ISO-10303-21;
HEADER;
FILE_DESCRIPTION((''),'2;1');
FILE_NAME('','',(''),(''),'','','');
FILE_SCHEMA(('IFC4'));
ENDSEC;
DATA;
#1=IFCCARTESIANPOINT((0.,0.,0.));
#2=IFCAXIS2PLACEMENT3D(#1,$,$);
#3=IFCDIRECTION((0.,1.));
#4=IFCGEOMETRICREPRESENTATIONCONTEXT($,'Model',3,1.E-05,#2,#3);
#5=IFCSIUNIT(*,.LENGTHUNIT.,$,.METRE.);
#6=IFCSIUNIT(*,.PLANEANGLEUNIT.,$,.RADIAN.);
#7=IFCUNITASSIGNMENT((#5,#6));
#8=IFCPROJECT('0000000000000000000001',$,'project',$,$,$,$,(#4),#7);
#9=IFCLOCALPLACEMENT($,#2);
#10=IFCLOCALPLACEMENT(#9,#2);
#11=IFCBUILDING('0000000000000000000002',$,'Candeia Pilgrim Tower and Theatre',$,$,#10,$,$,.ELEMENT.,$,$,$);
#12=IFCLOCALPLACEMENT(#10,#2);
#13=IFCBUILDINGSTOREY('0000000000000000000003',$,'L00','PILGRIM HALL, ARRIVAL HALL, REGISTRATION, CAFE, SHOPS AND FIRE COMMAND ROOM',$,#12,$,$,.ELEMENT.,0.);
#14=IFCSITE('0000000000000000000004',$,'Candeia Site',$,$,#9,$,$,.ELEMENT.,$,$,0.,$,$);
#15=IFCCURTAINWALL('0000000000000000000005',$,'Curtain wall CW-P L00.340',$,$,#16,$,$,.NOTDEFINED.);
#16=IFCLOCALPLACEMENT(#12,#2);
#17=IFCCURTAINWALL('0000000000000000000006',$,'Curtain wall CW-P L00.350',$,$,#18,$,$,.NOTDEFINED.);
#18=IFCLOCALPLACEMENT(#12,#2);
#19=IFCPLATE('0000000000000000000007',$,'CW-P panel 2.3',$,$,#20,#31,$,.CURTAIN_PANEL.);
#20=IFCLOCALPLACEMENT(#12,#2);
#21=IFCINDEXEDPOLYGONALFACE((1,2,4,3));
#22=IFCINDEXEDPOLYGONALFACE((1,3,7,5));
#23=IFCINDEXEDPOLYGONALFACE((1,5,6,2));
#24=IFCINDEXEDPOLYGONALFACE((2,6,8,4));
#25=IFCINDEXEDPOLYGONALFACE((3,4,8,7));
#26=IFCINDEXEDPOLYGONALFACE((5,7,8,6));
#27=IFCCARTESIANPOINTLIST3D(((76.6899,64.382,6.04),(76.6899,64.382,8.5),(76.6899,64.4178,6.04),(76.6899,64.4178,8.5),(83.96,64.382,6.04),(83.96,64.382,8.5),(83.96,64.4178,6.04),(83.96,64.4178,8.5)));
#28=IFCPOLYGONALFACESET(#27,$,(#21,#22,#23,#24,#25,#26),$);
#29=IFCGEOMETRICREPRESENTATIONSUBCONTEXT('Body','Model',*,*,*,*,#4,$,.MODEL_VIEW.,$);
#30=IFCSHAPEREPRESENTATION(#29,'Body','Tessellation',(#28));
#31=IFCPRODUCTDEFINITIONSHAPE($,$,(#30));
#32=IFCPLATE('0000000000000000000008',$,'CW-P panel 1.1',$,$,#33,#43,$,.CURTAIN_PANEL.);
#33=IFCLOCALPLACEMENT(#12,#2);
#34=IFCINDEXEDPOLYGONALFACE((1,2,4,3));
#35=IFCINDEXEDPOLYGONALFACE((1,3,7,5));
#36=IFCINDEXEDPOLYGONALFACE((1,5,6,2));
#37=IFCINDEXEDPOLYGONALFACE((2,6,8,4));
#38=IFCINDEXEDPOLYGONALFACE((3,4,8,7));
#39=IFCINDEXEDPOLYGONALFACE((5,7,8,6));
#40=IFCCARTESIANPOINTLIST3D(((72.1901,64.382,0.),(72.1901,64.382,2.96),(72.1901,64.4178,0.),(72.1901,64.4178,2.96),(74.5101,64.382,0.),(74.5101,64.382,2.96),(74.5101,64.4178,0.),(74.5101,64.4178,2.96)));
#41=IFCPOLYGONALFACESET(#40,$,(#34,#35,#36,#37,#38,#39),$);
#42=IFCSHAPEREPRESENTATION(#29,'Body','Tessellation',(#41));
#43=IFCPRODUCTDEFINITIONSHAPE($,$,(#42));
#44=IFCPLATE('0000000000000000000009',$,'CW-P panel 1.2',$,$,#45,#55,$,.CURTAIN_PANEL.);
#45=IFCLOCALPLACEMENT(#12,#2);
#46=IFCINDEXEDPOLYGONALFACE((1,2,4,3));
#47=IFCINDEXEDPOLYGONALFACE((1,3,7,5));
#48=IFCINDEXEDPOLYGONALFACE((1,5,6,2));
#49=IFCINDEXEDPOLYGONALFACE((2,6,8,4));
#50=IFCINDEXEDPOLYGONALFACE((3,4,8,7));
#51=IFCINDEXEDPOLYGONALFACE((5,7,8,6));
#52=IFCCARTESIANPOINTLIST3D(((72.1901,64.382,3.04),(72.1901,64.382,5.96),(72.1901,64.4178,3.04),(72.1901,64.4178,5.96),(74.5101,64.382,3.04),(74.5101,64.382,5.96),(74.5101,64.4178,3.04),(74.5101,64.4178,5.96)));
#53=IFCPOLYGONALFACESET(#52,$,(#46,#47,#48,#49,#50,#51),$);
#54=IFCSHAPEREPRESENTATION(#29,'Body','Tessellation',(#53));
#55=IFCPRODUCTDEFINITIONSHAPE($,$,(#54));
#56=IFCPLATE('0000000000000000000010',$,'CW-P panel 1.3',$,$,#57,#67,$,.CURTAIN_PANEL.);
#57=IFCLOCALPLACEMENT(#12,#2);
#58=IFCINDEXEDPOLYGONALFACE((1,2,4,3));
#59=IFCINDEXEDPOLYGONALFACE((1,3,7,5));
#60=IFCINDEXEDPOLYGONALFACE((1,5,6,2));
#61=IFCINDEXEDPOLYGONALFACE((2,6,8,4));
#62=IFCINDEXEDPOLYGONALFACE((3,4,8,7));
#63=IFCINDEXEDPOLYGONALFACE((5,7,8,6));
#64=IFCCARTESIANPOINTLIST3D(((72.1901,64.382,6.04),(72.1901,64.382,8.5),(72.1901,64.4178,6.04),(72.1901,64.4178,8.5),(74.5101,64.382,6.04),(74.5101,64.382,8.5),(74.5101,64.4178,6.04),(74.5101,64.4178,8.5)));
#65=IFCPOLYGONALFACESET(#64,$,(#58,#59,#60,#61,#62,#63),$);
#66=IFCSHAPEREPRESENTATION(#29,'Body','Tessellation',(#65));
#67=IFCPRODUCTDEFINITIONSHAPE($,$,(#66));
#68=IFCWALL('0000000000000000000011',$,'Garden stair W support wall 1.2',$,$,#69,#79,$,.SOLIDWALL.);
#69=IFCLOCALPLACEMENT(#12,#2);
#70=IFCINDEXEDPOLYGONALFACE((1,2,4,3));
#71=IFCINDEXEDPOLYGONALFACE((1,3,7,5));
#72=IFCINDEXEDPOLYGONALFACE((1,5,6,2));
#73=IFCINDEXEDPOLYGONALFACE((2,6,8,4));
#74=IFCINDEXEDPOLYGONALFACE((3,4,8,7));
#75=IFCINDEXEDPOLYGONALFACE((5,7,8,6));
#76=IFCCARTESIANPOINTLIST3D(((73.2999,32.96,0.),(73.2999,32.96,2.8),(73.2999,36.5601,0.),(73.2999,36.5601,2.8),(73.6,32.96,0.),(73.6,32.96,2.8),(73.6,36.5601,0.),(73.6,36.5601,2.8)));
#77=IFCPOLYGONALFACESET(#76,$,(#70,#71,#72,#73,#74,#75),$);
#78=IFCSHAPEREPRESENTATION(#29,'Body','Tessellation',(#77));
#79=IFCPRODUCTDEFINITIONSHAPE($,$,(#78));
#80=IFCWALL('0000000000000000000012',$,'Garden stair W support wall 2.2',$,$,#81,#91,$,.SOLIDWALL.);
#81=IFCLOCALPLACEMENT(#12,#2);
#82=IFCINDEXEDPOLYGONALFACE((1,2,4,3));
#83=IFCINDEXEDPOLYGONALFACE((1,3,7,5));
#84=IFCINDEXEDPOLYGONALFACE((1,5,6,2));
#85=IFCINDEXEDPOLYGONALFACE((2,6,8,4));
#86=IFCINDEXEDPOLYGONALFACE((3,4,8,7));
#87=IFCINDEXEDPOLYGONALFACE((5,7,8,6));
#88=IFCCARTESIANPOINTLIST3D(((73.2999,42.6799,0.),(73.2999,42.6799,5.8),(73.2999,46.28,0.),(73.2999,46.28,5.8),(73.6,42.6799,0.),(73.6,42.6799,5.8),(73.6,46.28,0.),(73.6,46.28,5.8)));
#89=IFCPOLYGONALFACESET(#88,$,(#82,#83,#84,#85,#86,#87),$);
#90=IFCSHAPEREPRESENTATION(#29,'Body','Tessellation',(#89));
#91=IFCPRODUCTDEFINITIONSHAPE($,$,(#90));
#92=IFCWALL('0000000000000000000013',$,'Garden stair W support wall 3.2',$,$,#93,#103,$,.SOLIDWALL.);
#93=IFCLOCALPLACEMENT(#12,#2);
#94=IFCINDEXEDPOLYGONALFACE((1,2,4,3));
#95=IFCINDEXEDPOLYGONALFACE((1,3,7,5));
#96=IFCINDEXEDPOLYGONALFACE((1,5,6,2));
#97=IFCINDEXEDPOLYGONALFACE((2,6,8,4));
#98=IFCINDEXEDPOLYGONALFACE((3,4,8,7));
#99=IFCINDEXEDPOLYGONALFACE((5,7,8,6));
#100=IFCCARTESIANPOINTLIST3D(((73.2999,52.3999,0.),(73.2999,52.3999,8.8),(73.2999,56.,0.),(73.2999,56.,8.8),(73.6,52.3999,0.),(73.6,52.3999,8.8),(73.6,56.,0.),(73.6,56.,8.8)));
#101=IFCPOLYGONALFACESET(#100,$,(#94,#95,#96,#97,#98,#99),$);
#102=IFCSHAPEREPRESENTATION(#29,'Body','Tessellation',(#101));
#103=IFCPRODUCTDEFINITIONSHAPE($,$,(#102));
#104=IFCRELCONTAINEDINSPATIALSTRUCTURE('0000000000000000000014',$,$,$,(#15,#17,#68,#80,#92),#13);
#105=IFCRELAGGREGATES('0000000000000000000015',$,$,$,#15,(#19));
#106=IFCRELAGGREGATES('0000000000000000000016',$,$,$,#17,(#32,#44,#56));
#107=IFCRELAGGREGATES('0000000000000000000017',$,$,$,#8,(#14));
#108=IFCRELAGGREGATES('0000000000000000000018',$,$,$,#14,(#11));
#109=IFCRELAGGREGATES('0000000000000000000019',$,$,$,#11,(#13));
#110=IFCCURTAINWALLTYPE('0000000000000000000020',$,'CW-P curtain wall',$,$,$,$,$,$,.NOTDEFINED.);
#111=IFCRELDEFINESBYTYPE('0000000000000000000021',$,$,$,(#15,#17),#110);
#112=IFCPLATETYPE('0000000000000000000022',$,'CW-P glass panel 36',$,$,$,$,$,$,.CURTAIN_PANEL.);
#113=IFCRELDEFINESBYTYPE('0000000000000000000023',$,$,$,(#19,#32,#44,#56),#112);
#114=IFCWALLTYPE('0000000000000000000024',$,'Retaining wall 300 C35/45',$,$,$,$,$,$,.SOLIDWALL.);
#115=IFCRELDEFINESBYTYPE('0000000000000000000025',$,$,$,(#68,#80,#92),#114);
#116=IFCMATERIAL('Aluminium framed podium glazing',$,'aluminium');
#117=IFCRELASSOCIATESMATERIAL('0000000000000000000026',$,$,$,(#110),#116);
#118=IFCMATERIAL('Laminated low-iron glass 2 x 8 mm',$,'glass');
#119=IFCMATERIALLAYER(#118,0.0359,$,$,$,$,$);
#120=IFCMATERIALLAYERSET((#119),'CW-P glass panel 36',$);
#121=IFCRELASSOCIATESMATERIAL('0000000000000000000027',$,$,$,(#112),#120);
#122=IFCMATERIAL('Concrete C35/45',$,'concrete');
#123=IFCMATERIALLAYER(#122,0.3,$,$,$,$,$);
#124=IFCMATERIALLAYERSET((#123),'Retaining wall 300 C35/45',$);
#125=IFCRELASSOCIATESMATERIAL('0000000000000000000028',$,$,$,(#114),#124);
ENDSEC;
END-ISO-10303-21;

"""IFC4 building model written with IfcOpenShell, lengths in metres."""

from ifc_helpers import new_model, si_unit, direction, frame, frame_2d, origin, origin_2d, place, context, subcontext, project, spatial, rectangle, extrude, material, layer, layer_set, type_object, element, aggregate, save


model = new_model("IFC4")

# Units and contexts
model_context = context("Model", 3, precision=1e-05, world=origin(), true_north=direction((0.0, 1.0)))
body_context = subcontext(model_context, "Body", "Model", "MODEL_VIEW")
ifc_project = project(units=[si_unit("LENGTHUNIT", "METRE"), si_unit("PLANEANGLEUNIT", "RADIAN")], contexts=[model_context])

# Site, building, storey
site_placement = place(None, origin())
site = spatial("IfcSite", under=ifc_project, at=site_placement, Name="Candeia Site", CompositionType="ELEMENT", RefElevation=0.0)
building_placement = place(site_placement, origin())
building = spatial("IfcBuilding", under=site, at=building_placement, Name="Candeia Pilgrim Tower and Theatre", CompositionType="ELEMENT")
storey_placement = place(building_placement, origin())
storey = spatial("IfcBuildingStorey", under=building, at=storey_placement, Name="L00", Description="PILGRIM HALL, ARRIVAL HALL, REGISTRATION, CAFE, SHOPS AND FIRE COMMAND ROOM", CompositionType="ELEMENT", Elevation=0.0)

# Curtain wall
ifc_material_1 = material(Name="Aluminium framed podium glazing", Category="aluminium")
curtain_wall_type = type_object("IfcCurtainWallType", Name="CW-P curtain wall", PredefinedType="NOTDEFINED", material=ifc_material_1)
curtain_wall_1_placement = place(storey_placement, origin())
curtain_wall_1 = element("IfcCurtainWall", 1, at=curtain_wall_1_placement, inside=storey, type_object=curtain_wall_type, Name="Curtain wall CW-P L00.340", PredefinedType="NOTDEFINED")

# Curtain wall
curtain_wall_2_placement = place(storey_placement, origin())
curtain_wall_2 = element("IfcCurtainWall", 2, at=curtain_wall_2_placement, inside=storey, type_object=curtain_wall_type, Name="Curtain wall CW-P L00.350", PredefinedType="NOTDEFINED")

# Plates
ifc_material_2 = material(Name="Laminated low-iron glass 2 x 8 mm", Category="glass")
ifc_layer_1 = layer(ifc_material_2, 0.0359)
ifc_layer_set_1 = layer_set([ifc_layer_1], Name="CW-P glass panel 36")
plate_type = type_object("IfcPlateType", Name="CW-P glass panel 36", PredefinedType="CURTAIN_PANEL", material=ifc_layer_set_1)
plate_1_placement = place(storey_placement, frame((80.325, 64.3999, 6.04), z_axis=(0.0, 0.0, 1.0), x_axis=(-1.0, 0.0, 0.0)))
plate_1 = element("IfcPlate", 3, at=plate_1_placement, type_object=plate_type, Name="CW-P panel 2.3", PredefinedType="CURTAIN_PANEL", context=body_context, shape_type="SweptSolid", body=[
    extrude(rectangle(XDim=7.27, YDim=0.0359, at=origin_2d()), origin(), (0.0, 0.0, 1.0), 2.46),
])
aggregate(curtain_wall_1, [plate_1])
plate_2_placement = place(storey_placement, frame((73.3501, 64.3999, 0.0), z_axis=(0.0, 0.0, 1.0), x_axis=(-1.0, 0.0, 0.0)))
plate_2 = element("IfcPlate", 4, at=plate_2_placement, type_object=plate_type, Name="CW-P panel 1.1", PredefinedType="CURTAIN_PANEL", context=body_context, shape_type="SweptSolid", body=[
    extrude(rectangle(XDim=2.3201, YDim=0.0359, at=origin_2d()), origin(), (0.0, 0.0, 1.0), 2.96),
])
plate_3_placement = place(storey_placement, frame((73.3501, 64.3999, 3.04), z_axis=(0.0, 0.0, 1.0), x_axis=(-1.0, 0.0, 0.0)))
plate_3 = element("IfcPlate", 5, at=plate_3_placement, type_object=plate_type, Name="CW-P panel 1.2", PredefinedType="CURTAIN_PANEL", context=body_context, shape_type="SweptSolid", body=[
    extrude(rectangle(XDim=2.3201, YDim=0.0359, at=origin_2d()), origin(), (0.0, 0.0, 1.0), 2.9199),
])
plate_4_placement = place(storey_placement, frame((73.3501, 64.3999, 6.04), z_axis=(0.0, 0.0, 1.0), x_axis=(-1.0, 0.0, 0.0)))
plate_4 = element("IfcPlate", 6, at=plate_4_placement, type_object=plate_type, Name="CW-P panel 1.3", PredefinedType="CURTAIN_PANEL", context=body_context, shape_type="SweptSolid", body=[
    extrude(rectangle(XDim=2.3201, YDim=0.0359, at=origin_2d()), origin(), (0.0, 0.0, 1.0), 2.46),
])
aggregate(curtain_wall_2, [plate_2, plate_3, plate_4])

# Shared definitions
ifc_material_3 = material(Name="Concrete C35/45", Category="concrete")

# Walls
ifc_layer_2 = layer(ifc_material_3, 0.3)
ifc_layer_set_2 = layer_set([ifc_layer_2], Name="Retaining wall 300 C35/45")
wall_type_1 = type_object("IfcWallType", Name="Retaining wall 300 C35/45", PredefinedType="SOLIDWALL", material=ifc_layer_set_2)
wall_1_placement = place(storey_placement, frame((73.45, 32.96, 0.0), z_axis=(0.0, 0.0, 1.0), x_axis=(0.0, 1.0, 0.0)))
element("IfcWall", 7, at=wall_1_placement, inside=storey, type_object=wall_type_1, Name="Garden stair W support wall 1.2", PredefinedType="SOLIDWALL", context=body_context, shape_type="SweptSolid", body=[
    extrude(rectangle(XDim=3.6001, YDim=0.3, at=frame_2d((1.8, 0.0))), origin(), (0.0, 0.0, 1.0), 2.8),
])
wall_2_placement = place(storey_placement, frame((73.45, 42.6799, 0.0), z_axis=(0.0, 0.0, 1.0), x_axis=(0.0, 1.0, 0.0)))
element("IfcWall", 8, at=wall_2_placement, inside=storey, type_object=wall_type_1, Name="Garden stair W support wall 2.2", PredefinedType="SOLIDWALL", context=body_context, shape_type="SweptSolid", body=[
    extrude(rectangle(XDim=3.6001, YDim=0.3, at=frame_2d((1.8, 0.0))), origin(), (0.0, 0.0, 1.0), 5.8),
])
wall_3_placement = place(storey_placement, frame((73.45, 52.3999, 0.0), z_axis=(0.0, 0.0, 1.0), x_axis=(0.0, 1.0, 0.0)))
element("IfcWall", 9, at=wall_3_placement, inside=storey, type_object=wall_type_1, Name="Garden stair W support wall 3.2", PredefinedType="SOLIDWALL", context=body_context, shape_type="SweptSolid", body=[
    extrude(rectangle(XDim=3.6001, YDim=0.3, at=frame_2d((1.8, 0.0))), origin(), (0.0, 0.0, 1.0), 8.8),
])

save(model, "model.ifc")
